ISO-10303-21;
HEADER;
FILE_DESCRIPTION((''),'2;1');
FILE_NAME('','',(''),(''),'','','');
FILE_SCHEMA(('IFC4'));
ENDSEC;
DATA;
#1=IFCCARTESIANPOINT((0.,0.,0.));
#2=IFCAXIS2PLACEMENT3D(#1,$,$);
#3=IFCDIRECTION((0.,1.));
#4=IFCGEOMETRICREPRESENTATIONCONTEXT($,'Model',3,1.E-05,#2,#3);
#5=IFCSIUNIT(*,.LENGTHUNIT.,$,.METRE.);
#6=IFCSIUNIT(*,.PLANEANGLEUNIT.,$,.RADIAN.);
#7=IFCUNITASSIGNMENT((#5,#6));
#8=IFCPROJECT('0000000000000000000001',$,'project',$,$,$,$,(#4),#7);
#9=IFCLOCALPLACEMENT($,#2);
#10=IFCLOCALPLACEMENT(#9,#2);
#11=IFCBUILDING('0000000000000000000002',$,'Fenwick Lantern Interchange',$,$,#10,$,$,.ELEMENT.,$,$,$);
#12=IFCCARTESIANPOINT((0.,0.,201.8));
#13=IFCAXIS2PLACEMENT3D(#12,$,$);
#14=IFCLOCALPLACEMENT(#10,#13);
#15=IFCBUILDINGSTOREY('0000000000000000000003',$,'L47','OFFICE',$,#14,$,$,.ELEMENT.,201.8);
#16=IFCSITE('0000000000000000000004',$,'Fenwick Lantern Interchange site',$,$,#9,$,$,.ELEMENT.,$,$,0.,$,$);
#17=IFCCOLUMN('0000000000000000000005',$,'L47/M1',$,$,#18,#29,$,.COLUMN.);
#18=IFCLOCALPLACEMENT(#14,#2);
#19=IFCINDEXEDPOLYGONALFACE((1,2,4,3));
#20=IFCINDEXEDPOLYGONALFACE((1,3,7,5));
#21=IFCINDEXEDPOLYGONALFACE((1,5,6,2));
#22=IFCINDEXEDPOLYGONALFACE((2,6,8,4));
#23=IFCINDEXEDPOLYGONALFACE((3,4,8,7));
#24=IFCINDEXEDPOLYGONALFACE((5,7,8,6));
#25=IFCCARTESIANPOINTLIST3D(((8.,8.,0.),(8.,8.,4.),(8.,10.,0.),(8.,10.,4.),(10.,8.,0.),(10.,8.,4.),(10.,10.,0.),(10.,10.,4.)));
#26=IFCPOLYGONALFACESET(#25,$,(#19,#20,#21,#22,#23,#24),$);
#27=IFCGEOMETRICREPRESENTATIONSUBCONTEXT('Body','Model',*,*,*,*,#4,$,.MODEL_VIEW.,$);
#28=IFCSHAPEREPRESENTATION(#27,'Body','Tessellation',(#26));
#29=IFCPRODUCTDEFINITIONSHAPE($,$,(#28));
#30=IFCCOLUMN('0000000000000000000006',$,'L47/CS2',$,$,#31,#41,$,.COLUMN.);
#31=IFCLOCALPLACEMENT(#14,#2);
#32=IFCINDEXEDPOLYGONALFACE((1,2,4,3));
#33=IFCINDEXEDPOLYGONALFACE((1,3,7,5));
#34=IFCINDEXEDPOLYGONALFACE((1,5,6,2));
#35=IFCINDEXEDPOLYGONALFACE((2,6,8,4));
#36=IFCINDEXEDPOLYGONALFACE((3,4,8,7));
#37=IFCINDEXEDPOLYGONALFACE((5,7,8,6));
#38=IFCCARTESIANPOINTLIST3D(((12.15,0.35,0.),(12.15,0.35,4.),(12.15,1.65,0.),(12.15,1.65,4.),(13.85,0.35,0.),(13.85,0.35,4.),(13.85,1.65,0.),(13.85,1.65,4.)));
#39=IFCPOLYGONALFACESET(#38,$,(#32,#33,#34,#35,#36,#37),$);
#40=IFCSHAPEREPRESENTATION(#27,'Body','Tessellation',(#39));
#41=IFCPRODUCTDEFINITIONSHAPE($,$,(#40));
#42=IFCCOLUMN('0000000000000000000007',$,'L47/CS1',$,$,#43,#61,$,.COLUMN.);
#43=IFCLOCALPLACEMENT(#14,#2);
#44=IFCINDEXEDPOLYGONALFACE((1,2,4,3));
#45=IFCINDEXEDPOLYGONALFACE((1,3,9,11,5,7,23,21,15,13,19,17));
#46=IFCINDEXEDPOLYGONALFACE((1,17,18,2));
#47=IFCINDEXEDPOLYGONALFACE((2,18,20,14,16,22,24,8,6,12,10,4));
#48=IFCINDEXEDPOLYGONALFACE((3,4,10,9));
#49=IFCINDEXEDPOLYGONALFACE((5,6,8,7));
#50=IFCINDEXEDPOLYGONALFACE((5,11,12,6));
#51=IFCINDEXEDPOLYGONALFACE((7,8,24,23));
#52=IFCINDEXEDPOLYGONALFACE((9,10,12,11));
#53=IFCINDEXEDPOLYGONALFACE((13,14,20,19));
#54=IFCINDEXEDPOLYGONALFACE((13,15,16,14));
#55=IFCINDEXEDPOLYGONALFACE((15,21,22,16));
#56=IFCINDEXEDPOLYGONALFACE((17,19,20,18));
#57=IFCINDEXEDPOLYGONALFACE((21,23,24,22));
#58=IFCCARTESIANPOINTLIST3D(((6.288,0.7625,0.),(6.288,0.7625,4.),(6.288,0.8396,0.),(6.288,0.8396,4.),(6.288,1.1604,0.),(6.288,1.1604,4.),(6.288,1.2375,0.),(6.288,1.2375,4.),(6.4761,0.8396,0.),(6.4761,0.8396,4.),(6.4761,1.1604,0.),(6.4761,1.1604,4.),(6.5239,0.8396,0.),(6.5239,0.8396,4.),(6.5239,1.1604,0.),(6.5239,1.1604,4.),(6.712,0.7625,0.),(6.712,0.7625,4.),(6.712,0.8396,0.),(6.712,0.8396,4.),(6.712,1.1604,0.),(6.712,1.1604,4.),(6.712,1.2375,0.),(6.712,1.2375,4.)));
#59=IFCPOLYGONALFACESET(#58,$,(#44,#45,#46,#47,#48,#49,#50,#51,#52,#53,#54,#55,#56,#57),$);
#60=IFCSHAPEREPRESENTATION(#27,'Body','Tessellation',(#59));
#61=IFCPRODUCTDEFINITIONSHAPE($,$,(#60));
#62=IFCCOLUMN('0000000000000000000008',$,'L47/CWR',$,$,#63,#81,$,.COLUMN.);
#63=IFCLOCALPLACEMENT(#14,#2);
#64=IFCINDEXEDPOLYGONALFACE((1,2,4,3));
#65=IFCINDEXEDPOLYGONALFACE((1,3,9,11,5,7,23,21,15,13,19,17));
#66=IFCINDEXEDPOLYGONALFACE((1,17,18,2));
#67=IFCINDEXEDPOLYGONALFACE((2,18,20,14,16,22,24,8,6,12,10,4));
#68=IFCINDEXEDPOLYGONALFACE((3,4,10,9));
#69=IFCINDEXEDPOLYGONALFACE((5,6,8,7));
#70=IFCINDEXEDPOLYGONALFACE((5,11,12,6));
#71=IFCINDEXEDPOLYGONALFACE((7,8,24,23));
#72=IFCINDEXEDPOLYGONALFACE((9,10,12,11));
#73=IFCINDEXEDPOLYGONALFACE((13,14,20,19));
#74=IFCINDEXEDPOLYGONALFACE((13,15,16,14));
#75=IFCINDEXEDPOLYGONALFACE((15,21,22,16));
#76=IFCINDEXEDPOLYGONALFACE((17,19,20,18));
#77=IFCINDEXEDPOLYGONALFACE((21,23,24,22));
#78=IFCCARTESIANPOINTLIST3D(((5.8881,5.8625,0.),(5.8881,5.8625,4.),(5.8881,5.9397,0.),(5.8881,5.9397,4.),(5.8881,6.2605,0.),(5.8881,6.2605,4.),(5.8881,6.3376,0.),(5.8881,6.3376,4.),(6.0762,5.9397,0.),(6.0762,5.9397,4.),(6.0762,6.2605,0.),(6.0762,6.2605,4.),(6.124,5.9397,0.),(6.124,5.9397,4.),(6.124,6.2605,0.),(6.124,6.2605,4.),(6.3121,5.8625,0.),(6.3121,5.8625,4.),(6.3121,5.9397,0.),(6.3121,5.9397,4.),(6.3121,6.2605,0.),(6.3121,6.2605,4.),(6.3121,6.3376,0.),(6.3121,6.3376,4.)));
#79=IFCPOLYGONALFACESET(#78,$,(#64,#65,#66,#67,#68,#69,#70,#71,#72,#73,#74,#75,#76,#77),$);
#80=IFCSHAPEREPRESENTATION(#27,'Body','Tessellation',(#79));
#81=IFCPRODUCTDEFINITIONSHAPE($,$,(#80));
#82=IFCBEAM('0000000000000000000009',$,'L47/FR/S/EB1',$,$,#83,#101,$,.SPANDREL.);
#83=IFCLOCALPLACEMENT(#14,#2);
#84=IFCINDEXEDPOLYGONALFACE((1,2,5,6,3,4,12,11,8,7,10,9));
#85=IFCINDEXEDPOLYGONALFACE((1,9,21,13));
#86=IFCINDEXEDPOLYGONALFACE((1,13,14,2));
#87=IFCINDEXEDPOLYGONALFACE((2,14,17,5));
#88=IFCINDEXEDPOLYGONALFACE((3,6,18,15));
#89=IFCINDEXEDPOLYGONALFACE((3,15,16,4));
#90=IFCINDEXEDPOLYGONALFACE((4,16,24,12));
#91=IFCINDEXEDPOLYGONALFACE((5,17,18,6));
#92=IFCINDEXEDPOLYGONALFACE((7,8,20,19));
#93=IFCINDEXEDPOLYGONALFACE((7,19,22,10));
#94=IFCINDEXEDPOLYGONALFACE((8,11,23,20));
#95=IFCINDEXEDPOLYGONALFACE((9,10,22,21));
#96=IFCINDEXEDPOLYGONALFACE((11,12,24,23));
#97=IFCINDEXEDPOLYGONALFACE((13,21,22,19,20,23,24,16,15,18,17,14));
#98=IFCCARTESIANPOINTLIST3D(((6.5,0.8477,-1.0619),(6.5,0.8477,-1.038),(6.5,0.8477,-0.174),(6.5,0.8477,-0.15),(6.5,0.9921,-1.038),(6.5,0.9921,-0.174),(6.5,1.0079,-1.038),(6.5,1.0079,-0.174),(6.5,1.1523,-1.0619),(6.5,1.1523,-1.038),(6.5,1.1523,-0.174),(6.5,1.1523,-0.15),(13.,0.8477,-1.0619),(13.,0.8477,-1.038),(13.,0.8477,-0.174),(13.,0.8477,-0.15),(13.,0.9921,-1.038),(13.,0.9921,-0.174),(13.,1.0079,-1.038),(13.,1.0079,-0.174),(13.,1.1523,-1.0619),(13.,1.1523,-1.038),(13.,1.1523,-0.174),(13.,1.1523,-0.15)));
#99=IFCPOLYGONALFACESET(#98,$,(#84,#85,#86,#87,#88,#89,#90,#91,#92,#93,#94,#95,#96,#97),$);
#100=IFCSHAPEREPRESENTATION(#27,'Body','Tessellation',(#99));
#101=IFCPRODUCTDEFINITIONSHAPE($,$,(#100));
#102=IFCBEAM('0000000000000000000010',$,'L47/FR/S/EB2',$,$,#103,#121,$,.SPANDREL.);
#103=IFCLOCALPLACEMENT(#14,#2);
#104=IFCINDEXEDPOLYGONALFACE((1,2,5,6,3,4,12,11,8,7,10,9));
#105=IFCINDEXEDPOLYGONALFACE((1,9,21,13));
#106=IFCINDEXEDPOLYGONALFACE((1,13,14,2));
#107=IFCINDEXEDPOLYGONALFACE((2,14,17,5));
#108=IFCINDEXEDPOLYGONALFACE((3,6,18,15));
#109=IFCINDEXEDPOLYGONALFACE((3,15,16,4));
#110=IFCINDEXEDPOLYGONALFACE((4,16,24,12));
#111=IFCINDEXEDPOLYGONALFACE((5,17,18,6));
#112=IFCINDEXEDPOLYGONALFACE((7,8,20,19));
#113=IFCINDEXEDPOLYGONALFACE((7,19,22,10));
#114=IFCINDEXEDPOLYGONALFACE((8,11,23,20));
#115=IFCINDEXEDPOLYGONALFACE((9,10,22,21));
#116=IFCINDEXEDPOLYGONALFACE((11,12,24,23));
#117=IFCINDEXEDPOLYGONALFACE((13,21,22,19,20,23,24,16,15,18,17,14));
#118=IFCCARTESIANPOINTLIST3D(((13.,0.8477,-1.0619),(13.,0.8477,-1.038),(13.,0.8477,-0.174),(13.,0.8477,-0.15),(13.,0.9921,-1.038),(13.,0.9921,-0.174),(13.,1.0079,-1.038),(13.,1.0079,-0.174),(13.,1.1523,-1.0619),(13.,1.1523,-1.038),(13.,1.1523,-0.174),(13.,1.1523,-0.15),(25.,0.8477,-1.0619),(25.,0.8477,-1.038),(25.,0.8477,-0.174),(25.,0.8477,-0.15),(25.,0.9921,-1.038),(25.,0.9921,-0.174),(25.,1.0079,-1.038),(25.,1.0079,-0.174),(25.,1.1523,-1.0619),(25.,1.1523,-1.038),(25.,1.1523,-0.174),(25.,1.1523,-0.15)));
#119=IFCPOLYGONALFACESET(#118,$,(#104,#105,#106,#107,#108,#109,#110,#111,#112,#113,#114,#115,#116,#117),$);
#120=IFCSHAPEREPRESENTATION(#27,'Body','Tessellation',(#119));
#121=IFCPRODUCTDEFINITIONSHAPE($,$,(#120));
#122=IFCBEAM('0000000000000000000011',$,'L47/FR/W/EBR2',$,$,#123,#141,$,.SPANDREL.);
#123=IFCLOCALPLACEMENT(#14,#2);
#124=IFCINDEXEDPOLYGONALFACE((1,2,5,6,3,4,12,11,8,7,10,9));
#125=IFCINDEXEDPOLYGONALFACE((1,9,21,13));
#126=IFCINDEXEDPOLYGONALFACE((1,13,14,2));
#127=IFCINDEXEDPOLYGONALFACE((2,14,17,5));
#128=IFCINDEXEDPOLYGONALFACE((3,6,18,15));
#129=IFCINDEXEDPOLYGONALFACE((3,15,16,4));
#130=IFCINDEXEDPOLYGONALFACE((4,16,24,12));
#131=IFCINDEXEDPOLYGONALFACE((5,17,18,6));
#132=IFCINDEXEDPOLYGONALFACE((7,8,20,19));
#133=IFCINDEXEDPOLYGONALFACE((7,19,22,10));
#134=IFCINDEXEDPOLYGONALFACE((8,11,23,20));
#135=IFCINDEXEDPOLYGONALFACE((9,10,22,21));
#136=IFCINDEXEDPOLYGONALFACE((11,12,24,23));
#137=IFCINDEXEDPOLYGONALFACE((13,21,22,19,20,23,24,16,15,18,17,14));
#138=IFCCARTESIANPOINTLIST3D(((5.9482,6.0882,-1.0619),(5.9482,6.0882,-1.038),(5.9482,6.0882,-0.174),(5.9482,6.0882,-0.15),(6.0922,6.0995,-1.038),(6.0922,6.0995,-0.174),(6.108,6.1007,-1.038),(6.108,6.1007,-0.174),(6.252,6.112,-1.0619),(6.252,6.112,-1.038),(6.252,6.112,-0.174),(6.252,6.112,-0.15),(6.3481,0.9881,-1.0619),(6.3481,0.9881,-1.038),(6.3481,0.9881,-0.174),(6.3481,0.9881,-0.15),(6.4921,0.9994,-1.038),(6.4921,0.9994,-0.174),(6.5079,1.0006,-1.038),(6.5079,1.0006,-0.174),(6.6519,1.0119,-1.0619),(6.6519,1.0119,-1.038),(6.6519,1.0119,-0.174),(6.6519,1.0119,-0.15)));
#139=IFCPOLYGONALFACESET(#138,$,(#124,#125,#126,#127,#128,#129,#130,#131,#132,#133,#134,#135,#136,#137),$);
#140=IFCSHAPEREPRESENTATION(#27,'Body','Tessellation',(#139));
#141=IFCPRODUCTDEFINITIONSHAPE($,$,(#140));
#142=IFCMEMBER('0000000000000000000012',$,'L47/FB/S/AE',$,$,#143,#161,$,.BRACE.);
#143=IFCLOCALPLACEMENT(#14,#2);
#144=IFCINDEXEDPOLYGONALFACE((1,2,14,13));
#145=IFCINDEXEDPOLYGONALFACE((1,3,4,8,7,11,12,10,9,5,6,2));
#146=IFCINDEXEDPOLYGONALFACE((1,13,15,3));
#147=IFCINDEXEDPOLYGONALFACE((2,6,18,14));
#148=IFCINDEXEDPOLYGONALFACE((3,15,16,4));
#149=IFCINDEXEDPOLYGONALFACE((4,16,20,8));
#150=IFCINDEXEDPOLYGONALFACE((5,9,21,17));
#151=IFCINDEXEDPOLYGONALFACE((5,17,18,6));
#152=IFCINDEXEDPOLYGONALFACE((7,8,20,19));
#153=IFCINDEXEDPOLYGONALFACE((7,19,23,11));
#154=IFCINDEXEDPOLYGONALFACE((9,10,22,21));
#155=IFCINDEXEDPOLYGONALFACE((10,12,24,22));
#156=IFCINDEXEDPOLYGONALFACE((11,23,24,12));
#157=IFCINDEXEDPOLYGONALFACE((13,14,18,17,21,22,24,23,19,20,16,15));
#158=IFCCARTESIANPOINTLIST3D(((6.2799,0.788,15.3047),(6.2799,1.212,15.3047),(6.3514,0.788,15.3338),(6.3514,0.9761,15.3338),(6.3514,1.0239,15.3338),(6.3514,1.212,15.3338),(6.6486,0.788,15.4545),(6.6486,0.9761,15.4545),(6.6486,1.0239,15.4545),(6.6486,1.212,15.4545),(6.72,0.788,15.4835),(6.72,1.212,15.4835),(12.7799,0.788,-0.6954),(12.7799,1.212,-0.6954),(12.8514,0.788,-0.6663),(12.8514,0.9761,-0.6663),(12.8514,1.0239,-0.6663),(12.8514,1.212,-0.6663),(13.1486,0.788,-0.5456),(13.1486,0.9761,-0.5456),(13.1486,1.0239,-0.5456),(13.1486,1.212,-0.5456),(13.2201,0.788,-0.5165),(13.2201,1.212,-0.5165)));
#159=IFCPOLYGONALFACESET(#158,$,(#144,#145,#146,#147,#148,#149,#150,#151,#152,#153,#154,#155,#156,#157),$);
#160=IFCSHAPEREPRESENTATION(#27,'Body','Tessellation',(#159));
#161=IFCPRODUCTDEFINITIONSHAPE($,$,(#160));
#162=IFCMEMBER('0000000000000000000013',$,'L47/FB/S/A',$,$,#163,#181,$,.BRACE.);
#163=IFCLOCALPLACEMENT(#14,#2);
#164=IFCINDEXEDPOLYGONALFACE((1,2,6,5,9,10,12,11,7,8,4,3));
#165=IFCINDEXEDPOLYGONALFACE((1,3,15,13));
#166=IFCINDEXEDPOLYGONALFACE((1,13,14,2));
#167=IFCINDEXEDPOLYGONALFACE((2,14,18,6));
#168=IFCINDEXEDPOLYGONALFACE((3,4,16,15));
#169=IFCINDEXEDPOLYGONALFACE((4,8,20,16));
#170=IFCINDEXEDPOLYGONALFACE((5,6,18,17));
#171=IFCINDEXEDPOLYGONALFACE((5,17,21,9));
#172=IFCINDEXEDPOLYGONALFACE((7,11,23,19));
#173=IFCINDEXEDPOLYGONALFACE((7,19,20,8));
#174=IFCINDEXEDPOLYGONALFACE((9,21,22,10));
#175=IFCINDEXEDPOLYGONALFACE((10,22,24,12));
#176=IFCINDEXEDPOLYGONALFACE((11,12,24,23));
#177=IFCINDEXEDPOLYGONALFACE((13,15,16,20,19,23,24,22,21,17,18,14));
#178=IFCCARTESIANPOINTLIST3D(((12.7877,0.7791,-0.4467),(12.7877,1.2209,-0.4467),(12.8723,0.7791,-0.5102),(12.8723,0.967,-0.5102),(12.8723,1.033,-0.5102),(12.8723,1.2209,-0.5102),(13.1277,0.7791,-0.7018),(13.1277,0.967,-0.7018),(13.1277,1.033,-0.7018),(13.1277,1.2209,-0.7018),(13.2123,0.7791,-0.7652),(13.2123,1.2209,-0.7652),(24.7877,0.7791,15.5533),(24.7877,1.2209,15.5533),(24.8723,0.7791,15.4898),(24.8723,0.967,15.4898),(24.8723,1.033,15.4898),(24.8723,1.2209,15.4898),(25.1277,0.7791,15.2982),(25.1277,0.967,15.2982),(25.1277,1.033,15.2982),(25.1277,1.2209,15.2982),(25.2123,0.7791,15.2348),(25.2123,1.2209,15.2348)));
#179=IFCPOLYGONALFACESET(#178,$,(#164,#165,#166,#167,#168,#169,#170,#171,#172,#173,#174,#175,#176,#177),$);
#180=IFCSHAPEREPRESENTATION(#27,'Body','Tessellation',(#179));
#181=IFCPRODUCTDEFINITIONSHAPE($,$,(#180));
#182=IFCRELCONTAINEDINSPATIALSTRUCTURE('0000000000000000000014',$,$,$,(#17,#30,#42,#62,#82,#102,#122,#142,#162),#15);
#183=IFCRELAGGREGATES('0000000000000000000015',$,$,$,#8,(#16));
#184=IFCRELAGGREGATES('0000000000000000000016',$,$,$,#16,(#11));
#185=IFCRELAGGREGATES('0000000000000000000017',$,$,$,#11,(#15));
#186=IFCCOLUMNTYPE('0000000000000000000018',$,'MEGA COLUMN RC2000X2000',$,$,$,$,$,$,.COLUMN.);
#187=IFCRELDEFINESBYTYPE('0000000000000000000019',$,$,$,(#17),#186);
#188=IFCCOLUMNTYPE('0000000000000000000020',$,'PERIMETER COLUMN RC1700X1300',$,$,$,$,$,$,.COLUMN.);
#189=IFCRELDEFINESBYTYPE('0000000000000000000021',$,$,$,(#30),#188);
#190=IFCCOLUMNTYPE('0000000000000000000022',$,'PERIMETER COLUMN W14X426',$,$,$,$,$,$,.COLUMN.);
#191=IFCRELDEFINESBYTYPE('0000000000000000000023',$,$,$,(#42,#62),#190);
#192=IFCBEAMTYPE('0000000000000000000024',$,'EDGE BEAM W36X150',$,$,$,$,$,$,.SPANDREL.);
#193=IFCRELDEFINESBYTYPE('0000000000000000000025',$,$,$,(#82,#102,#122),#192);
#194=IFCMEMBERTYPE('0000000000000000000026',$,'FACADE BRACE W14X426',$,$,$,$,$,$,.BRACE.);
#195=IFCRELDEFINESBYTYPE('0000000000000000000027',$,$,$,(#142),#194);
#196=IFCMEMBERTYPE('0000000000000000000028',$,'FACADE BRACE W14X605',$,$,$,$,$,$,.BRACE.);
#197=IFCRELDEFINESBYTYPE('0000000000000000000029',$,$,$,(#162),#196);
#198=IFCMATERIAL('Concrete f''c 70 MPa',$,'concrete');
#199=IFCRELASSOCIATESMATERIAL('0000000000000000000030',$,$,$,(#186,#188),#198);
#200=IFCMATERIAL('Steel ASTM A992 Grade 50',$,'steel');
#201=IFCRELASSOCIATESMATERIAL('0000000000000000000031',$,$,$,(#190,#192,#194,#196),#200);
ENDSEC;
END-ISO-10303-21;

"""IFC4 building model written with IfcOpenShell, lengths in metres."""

from ifc_helpers import new_model, si_unit, direction, frame, origin, origin_2d, place, context, subcontext, project, spatial, rectangle, i_section, extrude, material, material_profile, profile_set, type_object, element, save


model = new_model("IFC4")

# Units and contexts
model_context = context("Model", 3, precision=1e-05, world=origin(), true_north=direction((0.0, 1.0)))
body_context = subcontext(model_context, "Body", "Model", "MODEL_VIEW")
ifc_project = project(units=[si_unit("LENGTHUNIT", "METRE"), si_unit("PLANEANGLEUNIT", "RADIAN")], contexts=[model_context])

# Site, building, storey
site_placement = place(None, origin())
site = spatial("IfcSite", under=ifc_project, at=site_placement, Name="Fenwick Lantern Interchange site", CompositionType="ELEMENT", RefElevation=0.0)
building_placement = place(site_placement, origin())
building = spatial("IfcBuilding", under=site, at=building_placement, Name="Fenwick Lantern Interchange", CompositionType="ELEMENT")
storey_placement = place(building_placement, frame((0.0, 0.0, 201.8)))
storey = spatial("IfcBuildingStorey", under=building, at=storey_placement, Name="L47", Description="OFFICE", CompositionType="ELEMENT", Elevation=201.8)

# Columns
ifc_material_1 = material(Name="Concrete f'c 70 MPa", Category="concrete")
ifc_material_profile_1 = material_profile(ifc_material_1, rectangle(XDim=2.0, YDim=2.0, at=origin_2d()), Name="RC2000X2000")
ifc_profile_set_1 = profile_set([ifc_material_profile_1], Name="Concrete f'c 70 MPa")
column_type_1 = type_object("IfcColumnType", Name="MEGA COLUMN RC2000X2000", PredefinedType="COLUMN", material=ifc_profile_set_1)
column_1_placement = place(storey_placement, frame((9.0, 9.0, 0.0), z_axis=(0.0, 0.0, 1.0), x_axis=(1.0, 0.0, 0.0)))
element("IfcColumn", 1, at=column_1_placement, inside=storey, type_object=column_type_1, Name="L47/M1", PredefinedType="COLUMN", context=body_context, shape_type="SweptSolid", body=[
    extrude(rectangle(XDim=2.0, YDim=2.0, at=origin_2d()), origin(), (0.0, 0.0, 1.0), 4.0),
])
ifc_material_profile_2 = material_profile(ifc_material_1, rectangle(XDim=1.7, YDim=1.3, at=origin_2d()), Name="RC1700X1300")
ifc_profile_set_2 = profile_set([ifc_material_profile_2], Name="Concrete f'c 70 MPa")
column_type_2 = type_object("IfcColumnType", Name="PERIMETER COLUMN RC1700X1300", PredefinedType="COLUMN", material=ifc_profile_set_2)
column_2_placement = place(storey_placement, frame((13.0, 1.0, 0.0), z_axis=(0.0, 0.0, 1.0), x_axis=(1.0, 0.0, 0.0)))
element("IfcColumn", 2, at=column_2_placement, inside=storey, type_object=column_type_2, Name="L47/CS2", PredefinedType="COLUMN", context=body_context, shape_type="SweptSolid", body=[
    extrude(rectangle(XDim=1.7, YDim=1.3, at=origin_2d()), origin(), (0.0, 0.0, 1.0), 4.0),
])
ifc_material_2 = material(Name="Steel ASTM A992 Grade 50", Category="steel")
ifc_material_profile_3 = material_profile(ifc_material_2, i_section(OverallWidth=0.4241, OverallDepth=0.4751, WebThickness=0.0479, FlangeThickness=0.0771, at=origin_2d()), Name="W14X426")
ifc_profile_set_3 = profile_set([ifc_material_profile_3], Name="Steel ASTM A992 Grade 50")
column_type_3 = type_object("IfcColumnType", Name="PERIMETER COLUMN W14X426", PredefinedType="COLUMN", material=ifc_profile_set_3)
for number, where, z_axis, x_axis, name in (
    (3, (6.5, 1.0, 0.0), (0.0, 0.0, 1.0), (1.0, 0.0, 0.0), "L47/CS1"),
    (4, (6.1001, 6.1001, 0.0), (0.0, 0.0, 1.0), (1.0, 0.0, 0.0), "L47/CWR"),
):
    element("IfcColumn", number, at=place(storey_placement, frame(where, z_axis=z_axis, x_axis=x_axis)), inside=storey, type_object=column_type_3, Name=name, PredefinedType="COLUMN", context=body_context, shape_type="SweptSolid", body=[
        extrude(i_section(OverallWidth=0.4241, OverallDepth=0.4751, WebThickness=0.0479, FlangeThickness=0.0771, at=origin_2d()), origin(), (0.0, 0.0, 1.0), 4.0),
    ])

# Beams
ifc_material_profile_4 = material_profile(ifc_material_2, i_section(OverallWidth=0.3047, OverallDepth=0.9119, WebThickness=0.0159, FlangeThickness=0.0239, at=origin_2d()), Name="W36X150")
ifc_profile_set_4 = profile_set([ifc_material_profile_4], Name="Steel ASTM A992 Grade 50")
beam_type_1 = type_object("IfcBeamType", Name="EDGE BEAM W36X150", PredefinedType="SPANDREL", material=ifc_profile_set_4)
beam_1_placement = place(storey_placement, frame((6.5, 1.0, -0.606), z_axis=(1.0, 0.0, 0.0), x_axis=(0.0, 1.0, 0.0)))
element("IfcBeam", 5, at=beam_1_placement, inside=storey, type_object=beam_type_1, Name="L47/FR/S/EB1", PredefinedType="SPANDREL", context=body_context, shape_type="SweptSolid", body=[
    extrude(i_section(OverallWidth=0.3047, OverallDepth=0.9119, WebThickness=0.0159, FlangeThickness=0.0239, at=origin_2d()), origin(), (0.0, 0.0, 1.0), 6.5),
])
beam_2_placement = place(storey_placement, frame((13.0, 1.0, -0.606), z_axis=(1.0, 0.0, 0.0), x_axis=(0.0, 1.0, 0.0)))
element("IfcBeam", 6, at=beam_2_placement, inside=storey, type_object=beam_type_1, Name="L47/FR/S/EB2", PredefinedType="SPANDREL", context=body_context, shape_type="SweptSolid", body=[
    extrude(i_section(OverallWidth=0.3047, OverallDepth=0.9119, WebThickness=0.0159, FlangeThickness=0.0239, at=origin_2d()), origin(), (0.0, 0.0, 1.0), 12.0),
])
beam_3_placement = place(storey_placement, frame((6.1001, 6.1001, -0.606), z_axis=(0.078171, -0.99694, 0.0), x_axis=(0.99694, 0.078171, 0.0)))
element("IfcBeam", 7, at=beam_3_placement, inside=storey, type_object=beam_type_1, Name="L47/FR/W/EBR2", PredefinedType="SPANDREL", context=body_context, shape_type="SweptSolid", body=[
    extrude(i_section(OverallWidth=0.3047, OverallDepth=0.9119, WebThickness=0.0159, FlangeThickness=0.0239, at=origin_2d()), origin(), (0.0, 0.0, 1.0), 5.1157),
])

# Members
ifc_material_profile_5 = material_profile(ifc_material_2, i_section(OverallWidth=0.4241, OverallDepth=0.4751, WebThickness=0.0479, FlangeThickness=0.0771, at=origin_2d()), Name="W14X426")
ifc_profile_set_5 = profile_set([ifc_material_profile_5], Name="Steel ASTM A992 Grade 50")
member_type_1 = type_object("IfcMemberType", Name="FACADE BRACE W14X426", PredefinedType="BRACE", material=ifc_profile_set_5)
member_1_placement = place(storey_placement, frame((13.0, 1.0, -0.606), z_axis=(-0.376377, 0.0, 0.926467), x_axis=(0.0, -1.0, 0.0)))
element("IfcMember", 8, at=member_1_placement, inside=storey, type_object=member_type_1, Name="L47/FB/S/AE", PredefinedType="BRACE", context=body_context, shape_type="SweptSolid", body=[
    extrude(i_section(OverallWidth=0.4241, OverallDepth=0.4751, WebThickness=0.0479, FlangeThickness=0.0771, at=origin_2d()), origin(), (0.0, 0.0, 1.0), 17.27),
])
ifc_material_profile_6 = material_profile(ifc_material_2, i_section(OverallWidth=0.4419, OverallDepth=0.5308, WebThickness=0.0659, FlangeThickness=0.1057, at=origin_2d()), Name="W14X605")
ifc_profile_set_6 = profile_set([ifc_material_profile_6], Name="Steel ASTM A992 Grade 50")
member_type_2 = type_object("IfcMemberType", Name="FACADE BRACE W14X605", PredefinedType="BRACE", material=ifc_profile_set_6)
member_2_placement = place(storey_placement, frame((13.0, 1.0, -0.606), z_axis=(0.6, 0.0, 0.8), x_axis=(0.0, 1.0, 0.0)))
element("IfcMember", 9, at=member_2_placement, inside=storey, type_object=member_type_2, Name="L47/FB/S/A", PredefinedType="BRACE", context=body_context, shape_type="SweptSolid", body=[
    extrude(i_section(OverallWidth=0.4419, OverallDepth=0.5308, WebThickness=0.0659, FlangeThickness=0.1057, at=origin_2d()), origin(), (0.0, 0.0, 1.0), 20.0),
])

save(model, "model.ifc")
